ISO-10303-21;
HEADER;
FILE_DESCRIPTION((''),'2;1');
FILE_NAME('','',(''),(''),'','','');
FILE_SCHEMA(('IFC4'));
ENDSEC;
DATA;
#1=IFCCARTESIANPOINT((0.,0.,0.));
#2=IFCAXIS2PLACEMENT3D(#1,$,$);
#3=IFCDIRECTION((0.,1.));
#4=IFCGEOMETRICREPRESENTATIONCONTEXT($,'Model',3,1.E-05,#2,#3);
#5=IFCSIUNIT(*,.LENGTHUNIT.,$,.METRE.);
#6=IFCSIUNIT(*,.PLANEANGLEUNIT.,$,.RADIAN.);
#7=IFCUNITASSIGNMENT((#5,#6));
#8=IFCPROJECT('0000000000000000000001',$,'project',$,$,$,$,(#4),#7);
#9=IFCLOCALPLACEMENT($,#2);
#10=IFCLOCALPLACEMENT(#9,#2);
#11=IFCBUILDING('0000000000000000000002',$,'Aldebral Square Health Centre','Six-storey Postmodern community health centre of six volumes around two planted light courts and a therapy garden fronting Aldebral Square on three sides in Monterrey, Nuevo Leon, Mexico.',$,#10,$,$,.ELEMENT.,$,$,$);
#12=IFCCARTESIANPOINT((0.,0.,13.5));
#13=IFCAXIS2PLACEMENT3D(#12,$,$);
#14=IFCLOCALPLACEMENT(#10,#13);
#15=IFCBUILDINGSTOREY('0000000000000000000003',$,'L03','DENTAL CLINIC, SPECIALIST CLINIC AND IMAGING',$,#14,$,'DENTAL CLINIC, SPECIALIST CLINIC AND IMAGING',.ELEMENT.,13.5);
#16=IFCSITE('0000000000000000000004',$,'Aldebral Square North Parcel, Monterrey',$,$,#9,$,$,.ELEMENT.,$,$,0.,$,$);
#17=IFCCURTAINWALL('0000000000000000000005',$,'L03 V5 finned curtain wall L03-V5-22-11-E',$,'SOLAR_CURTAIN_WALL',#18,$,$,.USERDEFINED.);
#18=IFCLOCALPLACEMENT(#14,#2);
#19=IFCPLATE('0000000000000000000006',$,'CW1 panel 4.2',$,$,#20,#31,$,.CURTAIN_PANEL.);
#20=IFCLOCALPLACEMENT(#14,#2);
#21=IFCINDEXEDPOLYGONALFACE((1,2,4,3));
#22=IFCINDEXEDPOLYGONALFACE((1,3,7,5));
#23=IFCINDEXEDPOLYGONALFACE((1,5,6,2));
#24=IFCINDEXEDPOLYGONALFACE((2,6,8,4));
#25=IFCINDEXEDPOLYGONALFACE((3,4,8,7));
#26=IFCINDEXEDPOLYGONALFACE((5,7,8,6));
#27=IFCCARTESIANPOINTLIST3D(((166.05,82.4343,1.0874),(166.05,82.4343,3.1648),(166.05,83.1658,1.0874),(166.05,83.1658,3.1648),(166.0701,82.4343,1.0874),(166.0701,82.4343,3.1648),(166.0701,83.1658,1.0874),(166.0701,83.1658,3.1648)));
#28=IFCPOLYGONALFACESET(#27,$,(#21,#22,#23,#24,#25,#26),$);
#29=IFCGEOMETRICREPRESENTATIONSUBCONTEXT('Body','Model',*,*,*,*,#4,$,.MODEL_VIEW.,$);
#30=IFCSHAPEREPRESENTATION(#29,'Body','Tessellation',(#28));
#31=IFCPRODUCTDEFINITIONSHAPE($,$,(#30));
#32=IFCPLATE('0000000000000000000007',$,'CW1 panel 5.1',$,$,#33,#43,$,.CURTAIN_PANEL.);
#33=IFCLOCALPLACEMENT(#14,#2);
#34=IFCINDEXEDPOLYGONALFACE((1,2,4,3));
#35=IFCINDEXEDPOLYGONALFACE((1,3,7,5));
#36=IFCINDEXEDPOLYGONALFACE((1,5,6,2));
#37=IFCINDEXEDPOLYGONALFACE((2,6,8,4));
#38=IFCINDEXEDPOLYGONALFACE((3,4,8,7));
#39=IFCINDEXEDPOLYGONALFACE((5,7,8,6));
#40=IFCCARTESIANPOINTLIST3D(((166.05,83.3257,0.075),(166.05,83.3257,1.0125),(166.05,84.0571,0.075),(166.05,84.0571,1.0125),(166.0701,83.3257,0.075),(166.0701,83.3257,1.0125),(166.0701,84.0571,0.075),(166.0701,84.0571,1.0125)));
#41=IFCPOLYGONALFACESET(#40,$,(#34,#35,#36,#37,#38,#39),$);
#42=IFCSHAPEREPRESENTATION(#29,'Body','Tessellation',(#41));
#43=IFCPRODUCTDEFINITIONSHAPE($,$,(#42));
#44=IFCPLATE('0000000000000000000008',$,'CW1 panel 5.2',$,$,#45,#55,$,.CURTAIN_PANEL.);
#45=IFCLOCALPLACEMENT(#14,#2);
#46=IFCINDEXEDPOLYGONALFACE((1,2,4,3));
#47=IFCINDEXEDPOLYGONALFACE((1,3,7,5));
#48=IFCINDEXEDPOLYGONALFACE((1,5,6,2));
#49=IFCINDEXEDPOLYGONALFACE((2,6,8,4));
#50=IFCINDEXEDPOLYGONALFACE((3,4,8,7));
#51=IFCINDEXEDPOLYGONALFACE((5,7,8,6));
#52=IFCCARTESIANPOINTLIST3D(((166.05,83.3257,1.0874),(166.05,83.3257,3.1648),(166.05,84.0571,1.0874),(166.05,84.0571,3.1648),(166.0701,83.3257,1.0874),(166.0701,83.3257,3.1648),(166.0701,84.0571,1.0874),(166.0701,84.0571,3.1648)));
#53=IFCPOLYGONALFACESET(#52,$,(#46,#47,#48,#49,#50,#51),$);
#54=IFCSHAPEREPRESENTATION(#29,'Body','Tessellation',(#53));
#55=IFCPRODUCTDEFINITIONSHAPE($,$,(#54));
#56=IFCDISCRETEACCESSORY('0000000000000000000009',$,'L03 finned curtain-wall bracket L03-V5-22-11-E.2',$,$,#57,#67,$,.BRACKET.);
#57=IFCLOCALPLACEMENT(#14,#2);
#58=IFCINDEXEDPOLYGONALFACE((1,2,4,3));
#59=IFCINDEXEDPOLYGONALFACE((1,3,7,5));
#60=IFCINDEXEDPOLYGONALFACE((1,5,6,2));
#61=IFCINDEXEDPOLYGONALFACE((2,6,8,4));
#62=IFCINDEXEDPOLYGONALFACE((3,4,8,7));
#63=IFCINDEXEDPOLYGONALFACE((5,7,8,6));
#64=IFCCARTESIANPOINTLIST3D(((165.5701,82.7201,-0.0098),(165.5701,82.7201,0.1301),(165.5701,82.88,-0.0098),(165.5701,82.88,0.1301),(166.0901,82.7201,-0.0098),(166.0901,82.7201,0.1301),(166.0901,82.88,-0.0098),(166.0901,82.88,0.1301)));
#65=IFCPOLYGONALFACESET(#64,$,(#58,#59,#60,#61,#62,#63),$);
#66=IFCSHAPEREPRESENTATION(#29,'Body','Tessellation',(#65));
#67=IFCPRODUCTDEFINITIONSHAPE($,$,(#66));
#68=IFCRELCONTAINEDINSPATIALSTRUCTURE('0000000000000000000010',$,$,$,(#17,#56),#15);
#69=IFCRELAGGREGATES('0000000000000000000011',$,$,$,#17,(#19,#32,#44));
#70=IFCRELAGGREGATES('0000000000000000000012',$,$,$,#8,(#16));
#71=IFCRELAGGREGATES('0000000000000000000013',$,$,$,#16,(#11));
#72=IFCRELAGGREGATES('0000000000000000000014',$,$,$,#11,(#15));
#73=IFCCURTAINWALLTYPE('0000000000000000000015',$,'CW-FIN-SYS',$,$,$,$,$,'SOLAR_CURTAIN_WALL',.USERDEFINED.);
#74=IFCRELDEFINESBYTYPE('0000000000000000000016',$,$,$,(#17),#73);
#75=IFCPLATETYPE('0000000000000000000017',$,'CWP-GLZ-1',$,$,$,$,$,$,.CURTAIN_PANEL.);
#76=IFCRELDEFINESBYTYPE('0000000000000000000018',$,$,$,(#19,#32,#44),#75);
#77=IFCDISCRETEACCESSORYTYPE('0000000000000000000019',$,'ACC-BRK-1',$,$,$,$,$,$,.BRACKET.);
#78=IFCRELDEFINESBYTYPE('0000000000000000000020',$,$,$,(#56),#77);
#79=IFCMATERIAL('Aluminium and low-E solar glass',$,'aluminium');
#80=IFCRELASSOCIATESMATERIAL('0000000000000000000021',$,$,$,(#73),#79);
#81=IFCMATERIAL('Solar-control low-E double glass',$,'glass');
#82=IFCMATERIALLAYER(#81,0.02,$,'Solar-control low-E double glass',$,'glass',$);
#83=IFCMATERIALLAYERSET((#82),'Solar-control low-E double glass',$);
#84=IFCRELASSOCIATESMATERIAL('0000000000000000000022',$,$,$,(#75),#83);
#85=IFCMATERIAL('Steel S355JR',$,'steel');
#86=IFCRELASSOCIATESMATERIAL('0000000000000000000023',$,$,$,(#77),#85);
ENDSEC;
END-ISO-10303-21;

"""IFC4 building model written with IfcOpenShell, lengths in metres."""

from ifc_helpers import new_model, si_unit, direction, frame, origin, origin_2d, place, context, subcontext, project, spatial, rectangle, extrude, material, layer, layer_set, type_object, element, aggregate, save


model = new_model("IFC4")

# Units and contexts
model_context = context("Model", 3, precision=1e-05, world=origin(), true_north=direction((0.0, 1.0)))
body_context = subcontext(model_context, "Body", "Model", "MODEL_VIEW")
ifc_project = project(units=[si_unit("LENGTHUNIT", "METRE"), si_unit("PLANEANGLEUNIT", "RADIAN")], contexts=[model_context])

# Site, building, storey
site_placement = place(None, origin())
site = spatial("IfcSite", under=ifc_project, at=site_placement, Name="Aldebral Square North Parcel, Monterrey", CompositionType="ELEMENT", RefElevation=0.0)
building_placement = place(site_placement, origin())
building = spatial("IfcBuilding", under=site, at=building_placement, Name="Aldebral Square Health Centre", Description="Six-storey Postmodern community health centre of six volumes around two planted light courts and a therapy garden fronting Aldebral Square on three sides in Monterrey, Nuevo Leon, Mexico.", CompositionType="ELEMENT")
storey_placement = place(building_placement, frame((0.0, 0.0, 13.5)))
storey = spatial("IfcBuildingStorey", under=building, at=storey_placement, Name="L03", Description="DENTAL CLINIC, SPECIALIST CLINIC AND IMAGING", LongName="DENTAL CLINIC, SPECIALIST CLINIC AND IMAGING", CompositionType="ELEMENT", Elevation=13.5)

# Curtain wall, plates
ifc_material_1 = material(Name="Aluminium and low-E solar glass", Category="aluminium")
curtain_wall_type = type_object("IfcCurtainWallType", Name="CW-FIN-SYS", ElementType="SOLAR_CURTAIN_WALL", PredefinedType="USERDEFINED", material=ifc_material_1)
curtain_wall_placement = place(storey_placement, origin())
curtain_wall = element("IfcCurtainWall", 1, at=curtain_wall_placement, inside=storey, type_object=curtain_wall_type, Name="L03 V5 finned curtain wall L03-V5-22-11-E", ObjectType="SOLAR_CURTAIN_WALL", PredefinedType="USERDEFINED")
ifc_material_2 = material(Name="Solar-control low-E double glass", Category="glass")
ifc_layer = layer(ifc_material_2, 0.02, Name="Solar-control low-E double glass", Category="glass")
ifc_layer_set = layer_set([ifc_layer], Name="Solar-control low-E double glass")
plate_type = type_object("IfcPlateType", Name="CWP-GLZ-1", PredefinedType="CURTAIN_PANEL", material=ifc_layer_set)
plate_1_placement = place(storey_placement, frame((166.0601, 82.8, 1.0874), z_axis=(0.0, 0.0, 1.0), x_axis=(0.0, 1.0, 0.0)))
plate_1 = element("IfcPlate", 2, at=plate_1_placement, type_object=plate_type, Name="CW1 panel 4.2", PredefinedType="CURTAIN_PANEL", context=body_context, shape_type="SweptSolid", body=[
    extrude(rectangle(XDim=0.7314, YDim=0.02, at=origin_2d()), origin(), (0.0, 0.0, 1.0), 2.0774),
])
plate_2_placement = place(storey_placement, frame((166.0601, 83.6914, 0.075), z_axis=(0.0, 0.0, 1.0), x_axis=(0.0, 1.0, 0.0)))
plate_2 = element("IfcPlate", 3, at=plate_2_placement, type_object=plate_type, Name="CW1 panel 5.1", PredefinedType="CURTAIN_PANEL", context=body_context, shape_type="SweptSolid", body=[
    extrude(rectangle(XDim=0.7314, YDim=0.02, at=origin_2d()), origin(), (0.0, 0.0, 1.0), 0.9375),
])
plate_3_placement = place(storey_placement, frame((166.0601, 83.6914, 1.0874), z_axis=(0.0, 0.0, 1.0), x_axis=(0.0, 1.0, 0.0)))
plate_3 = element("IfcPlate", 4, at=plate_3_placement, type_object=plate_type, Name="CW1 panel 5.2", PredefinedType="CURTAIN_PANEL", context=body_context, shape_type="SweptSolid", body=[
    extrude(rectangle(XDim=0.7314, YDim=0.02, at=origin_2d()), origin(), (0.0, 0.0, 1.0), 2.0774),
])
aggregate(curtain_wall, [plate_1, plate_2, plate_3])

# Discrete accessory
ifc_material_3 = material(Name="Steel S355JR", Category="steel")
discrete_accessory_type = type_object("IfcDiscreteAccessoryType", Name="ACC-BRK-1", PredefinedType="BRACKET", material=ifc_material_3)
discrete_accessory_placement = place(storey_placement, frame((165.8301, 82.8, -0.0098), z_axis=(0.0, 0.0, 1.0), x_axis=(0.0, 1.0, 0.0)))
element("IfcDiscreteAccessory", 5, at=discrete_accessory_placement, inside=storey, type_object=discrete_accessory_type, Name="L03 finned curtain-wall bracket L03-V5-22-11-E.2", PredefinedType="BRACKET", context=body_context, shape_type="SweptSolid", body=[
    extrude(rectangle(XDim=0.1599, YDim=0.52, at=origin_2d()), origin(), (0.0, 0.0, 1.0), 0.1399),
])

save(model, "model.ifc")
